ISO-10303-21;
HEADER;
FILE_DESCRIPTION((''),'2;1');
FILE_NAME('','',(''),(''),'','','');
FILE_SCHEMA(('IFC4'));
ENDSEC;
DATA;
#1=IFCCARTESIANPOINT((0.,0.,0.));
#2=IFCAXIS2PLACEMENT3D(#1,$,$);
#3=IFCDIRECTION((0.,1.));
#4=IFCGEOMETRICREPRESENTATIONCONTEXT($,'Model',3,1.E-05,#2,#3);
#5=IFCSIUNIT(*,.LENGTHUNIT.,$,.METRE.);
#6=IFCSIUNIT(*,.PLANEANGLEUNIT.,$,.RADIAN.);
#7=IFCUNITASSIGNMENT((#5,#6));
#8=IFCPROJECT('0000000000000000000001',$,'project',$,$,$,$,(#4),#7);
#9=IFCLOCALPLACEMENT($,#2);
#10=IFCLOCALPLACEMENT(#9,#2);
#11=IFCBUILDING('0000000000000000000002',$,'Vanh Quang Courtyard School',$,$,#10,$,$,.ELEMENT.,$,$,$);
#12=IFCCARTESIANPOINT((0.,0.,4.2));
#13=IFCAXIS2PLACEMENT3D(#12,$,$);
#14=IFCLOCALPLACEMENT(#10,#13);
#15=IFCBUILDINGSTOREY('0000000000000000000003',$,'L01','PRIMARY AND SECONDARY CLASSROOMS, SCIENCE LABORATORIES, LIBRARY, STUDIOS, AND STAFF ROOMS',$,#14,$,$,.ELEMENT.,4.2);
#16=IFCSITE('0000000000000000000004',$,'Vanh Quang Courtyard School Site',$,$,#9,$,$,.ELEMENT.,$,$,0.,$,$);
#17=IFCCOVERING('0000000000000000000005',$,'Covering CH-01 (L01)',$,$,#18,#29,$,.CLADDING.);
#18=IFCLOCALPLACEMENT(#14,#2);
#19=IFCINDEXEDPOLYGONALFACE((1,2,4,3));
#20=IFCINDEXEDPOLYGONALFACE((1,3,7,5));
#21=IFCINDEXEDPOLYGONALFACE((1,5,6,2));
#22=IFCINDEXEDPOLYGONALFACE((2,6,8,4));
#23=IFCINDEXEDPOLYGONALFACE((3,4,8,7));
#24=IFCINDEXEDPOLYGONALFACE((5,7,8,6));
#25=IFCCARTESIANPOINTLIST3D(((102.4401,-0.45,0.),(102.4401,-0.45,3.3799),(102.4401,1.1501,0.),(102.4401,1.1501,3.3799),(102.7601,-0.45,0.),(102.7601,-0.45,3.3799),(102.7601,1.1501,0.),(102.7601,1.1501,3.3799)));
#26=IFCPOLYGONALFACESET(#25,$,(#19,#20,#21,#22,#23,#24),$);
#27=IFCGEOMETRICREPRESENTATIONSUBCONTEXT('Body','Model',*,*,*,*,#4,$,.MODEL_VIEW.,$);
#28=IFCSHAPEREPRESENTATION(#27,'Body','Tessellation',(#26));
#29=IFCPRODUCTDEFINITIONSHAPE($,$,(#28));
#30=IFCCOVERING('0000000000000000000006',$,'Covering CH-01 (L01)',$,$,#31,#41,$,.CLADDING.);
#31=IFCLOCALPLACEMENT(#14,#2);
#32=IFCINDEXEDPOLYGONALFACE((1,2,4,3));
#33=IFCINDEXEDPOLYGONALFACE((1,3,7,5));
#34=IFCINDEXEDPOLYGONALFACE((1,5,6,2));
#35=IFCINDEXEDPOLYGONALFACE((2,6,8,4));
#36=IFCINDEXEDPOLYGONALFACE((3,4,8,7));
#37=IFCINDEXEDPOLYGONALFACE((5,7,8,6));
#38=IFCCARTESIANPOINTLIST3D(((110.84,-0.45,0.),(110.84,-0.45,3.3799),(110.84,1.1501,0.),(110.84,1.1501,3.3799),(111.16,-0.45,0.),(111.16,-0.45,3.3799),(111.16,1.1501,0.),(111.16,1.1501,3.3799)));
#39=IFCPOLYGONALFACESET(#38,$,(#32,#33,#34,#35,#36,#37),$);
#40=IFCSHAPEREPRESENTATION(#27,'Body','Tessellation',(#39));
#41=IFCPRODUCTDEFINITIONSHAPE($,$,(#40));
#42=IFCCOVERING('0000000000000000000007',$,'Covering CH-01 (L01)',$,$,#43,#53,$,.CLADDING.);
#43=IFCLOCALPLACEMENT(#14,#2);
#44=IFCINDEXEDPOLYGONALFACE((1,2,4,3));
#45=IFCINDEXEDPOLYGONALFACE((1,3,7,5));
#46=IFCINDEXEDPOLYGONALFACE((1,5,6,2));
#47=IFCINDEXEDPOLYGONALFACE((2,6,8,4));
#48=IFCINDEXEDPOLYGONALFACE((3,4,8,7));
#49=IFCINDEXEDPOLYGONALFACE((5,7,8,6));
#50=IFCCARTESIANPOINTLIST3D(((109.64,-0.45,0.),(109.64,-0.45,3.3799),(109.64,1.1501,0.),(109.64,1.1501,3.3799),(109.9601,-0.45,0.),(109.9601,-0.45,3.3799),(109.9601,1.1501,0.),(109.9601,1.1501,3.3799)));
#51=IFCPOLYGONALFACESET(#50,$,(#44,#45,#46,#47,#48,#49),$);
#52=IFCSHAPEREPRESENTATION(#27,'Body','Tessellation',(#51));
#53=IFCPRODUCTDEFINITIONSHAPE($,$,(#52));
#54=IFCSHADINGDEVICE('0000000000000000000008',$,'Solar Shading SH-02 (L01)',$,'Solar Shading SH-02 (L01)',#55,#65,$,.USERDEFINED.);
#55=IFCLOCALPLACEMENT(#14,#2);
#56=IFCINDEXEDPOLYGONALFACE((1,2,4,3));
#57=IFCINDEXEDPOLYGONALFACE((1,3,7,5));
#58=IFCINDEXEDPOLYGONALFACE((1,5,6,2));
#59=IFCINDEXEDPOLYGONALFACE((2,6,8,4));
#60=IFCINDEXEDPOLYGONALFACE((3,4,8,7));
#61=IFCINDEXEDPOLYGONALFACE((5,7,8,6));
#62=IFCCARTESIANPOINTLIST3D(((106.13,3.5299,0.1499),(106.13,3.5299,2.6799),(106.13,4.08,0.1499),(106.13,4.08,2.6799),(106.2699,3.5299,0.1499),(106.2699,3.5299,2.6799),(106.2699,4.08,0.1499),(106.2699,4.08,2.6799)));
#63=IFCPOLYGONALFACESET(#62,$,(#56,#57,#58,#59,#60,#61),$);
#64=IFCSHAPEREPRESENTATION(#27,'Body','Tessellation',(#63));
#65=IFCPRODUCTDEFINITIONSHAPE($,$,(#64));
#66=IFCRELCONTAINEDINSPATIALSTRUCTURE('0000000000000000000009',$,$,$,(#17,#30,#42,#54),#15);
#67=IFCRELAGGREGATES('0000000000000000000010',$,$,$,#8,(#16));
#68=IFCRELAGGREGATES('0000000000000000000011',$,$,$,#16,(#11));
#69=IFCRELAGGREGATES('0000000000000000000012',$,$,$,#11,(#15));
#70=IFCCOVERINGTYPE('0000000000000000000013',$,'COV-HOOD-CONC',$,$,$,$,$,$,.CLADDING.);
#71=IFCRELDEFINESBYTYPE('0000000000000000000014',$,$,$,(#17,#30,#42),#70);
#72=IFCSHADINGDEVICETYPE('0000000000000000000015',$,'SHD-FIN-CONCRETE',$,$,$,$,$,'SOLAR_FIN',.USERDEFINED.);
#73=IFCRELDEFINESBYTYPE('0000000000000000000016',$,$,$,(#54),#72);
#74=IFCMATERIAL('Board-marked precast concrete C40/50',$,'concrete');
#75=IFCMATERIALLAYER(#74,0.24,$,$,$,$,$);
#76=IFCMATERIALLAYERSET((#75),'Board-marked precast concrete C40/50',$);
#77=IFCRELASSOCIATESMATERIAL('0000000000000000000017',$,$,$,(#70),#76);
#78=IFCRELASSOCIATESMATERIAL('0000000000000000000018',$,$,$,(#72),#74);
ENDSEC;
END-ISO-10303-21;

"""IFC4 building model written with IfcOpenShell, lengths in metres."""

from ifc_helpers import new_model, si_unit, direction, frame, origin, origin_2d, place, context, subcontext, project, spatial, rectangle, extrude, material, layer, layer_set, type_object, element, save


model = new_model("IFC4")

# Units and contexts
model_context = context("Model", 3, precision=1e-05, world=origin(), true_north=direction((0.0, 1.0)))
body_context = subcontext(model_context, "Body", "Model", "MODEL_VIEW")
ifc_project = project(units=[si_unit("LENGTHUNIT", "METRE"), si_unit("PLANEANGLEUNIT", "RADIAN")], contexts=[model_context])

# Site, building, storey
site_placement = place(None, origin())
site = spatial("IfcSite", under=ifc_project, at=site_placement, Name="Vanh Quang Courtyard School Site", CompositionType="ELEMENT", RefElevation=0.0)
building_placement = place(site_placement, origin())
building = spatial("IfcBuilding", under=site, at=building_placement, Name="Vanh Quang Courtyard School", CompositionType="ELEMENT")
storey_placement = place(building_placement, frame((0.0, 0.0, 4.2)))
storey = spatial("IfcBuildingStorey", under=building, at=storey_placement, Name="L01", Description="PRIMARY AND SECONDARY CLASSROOMS, SCIENCE LABORATORIES, LIBRARY, STUDIOS, AND STAFF ROOMS", CompositionType="ELEMENT", Elevation=4.2)

# Coverings
ifc_material_1 = material(Name="Board-marked precast concrete C40/50", Category="concrete")
ifc_layer_1 = layer(ifc_material_1, 0.24)
ifc_layer_set_1 = layer_set([ifc_layer_1], Name="Board-marked precast concrete C40/50")
covering_type = type_object("IfcCoveringType", Name="COV-HOOD-CONC", PredefinedType="CLADDING", material=ifc_layer_set_1)
for number, where, z_axis, x_axis, name in (
    (1, (102.6001, 0.3501, 0.0), (0.0, 0.0, 1.0), (0.0, 1.0, 0.0), "Covering CH-01 (L01)"),
    (2, (111.0, 0.3501, 0.0), (0.0, 0.0, 1.0), (0.0, 1.0, 0.0), "Covering CH-01 (L01)"),
    (3, (109.8, 0.3501, 0.0), (0.0, 0.0, 1.0), (0.0, 1.0, 0.0), "Covering CH-01 (L01)"),
):
    element("IfcCovering", number, at=place(storey_placement, frame(where, z_axis=z_axis, x_axis=x_axis)), inside=storey, type_object=covering_type, Name=name, PredefinedType="CLADDING", context=body_context, shape_type="SweptSolid", body=[
        extrude(rectangle(XDim=1.6001, YDim=0.3201, at=origin_2d()), origin(), (0.0, 0.0, 1.0), 3.3799),
    ])

# Shading device
shading_device_type = type_object("IfcShadingDeviceType", Name="SHD-FIN-CONCRETE", ElementType="SOLAR_FIN", PredefinedType="USERDEFINED", material=ifc_material_1)
shading_device_placement = place(storey_placement, frame((106.2, 3.8049, 0.1499), z_axis=(0.0, 0.0, 1.0), x_axis=(-1.0, 0.0, 0.0)))
element("IfcShadingDevice", 4, at=shading_device_placement, inside=storey, type_object=shading_device_type, Name="Solar Shading SH-02 (L01)", ObjectType="Solar Shading SH-02 (L01)", PredefinedType="USERDEFINED", context=body_context, shape_type="SweptSolid", body=[
    extrude(rectangle(XDim=0.1399, YDim=0.55, at=origin_2d()), origin(), (0.0, 0.0, 1.0), 2.53),
])

save(model, "model.ifc")
